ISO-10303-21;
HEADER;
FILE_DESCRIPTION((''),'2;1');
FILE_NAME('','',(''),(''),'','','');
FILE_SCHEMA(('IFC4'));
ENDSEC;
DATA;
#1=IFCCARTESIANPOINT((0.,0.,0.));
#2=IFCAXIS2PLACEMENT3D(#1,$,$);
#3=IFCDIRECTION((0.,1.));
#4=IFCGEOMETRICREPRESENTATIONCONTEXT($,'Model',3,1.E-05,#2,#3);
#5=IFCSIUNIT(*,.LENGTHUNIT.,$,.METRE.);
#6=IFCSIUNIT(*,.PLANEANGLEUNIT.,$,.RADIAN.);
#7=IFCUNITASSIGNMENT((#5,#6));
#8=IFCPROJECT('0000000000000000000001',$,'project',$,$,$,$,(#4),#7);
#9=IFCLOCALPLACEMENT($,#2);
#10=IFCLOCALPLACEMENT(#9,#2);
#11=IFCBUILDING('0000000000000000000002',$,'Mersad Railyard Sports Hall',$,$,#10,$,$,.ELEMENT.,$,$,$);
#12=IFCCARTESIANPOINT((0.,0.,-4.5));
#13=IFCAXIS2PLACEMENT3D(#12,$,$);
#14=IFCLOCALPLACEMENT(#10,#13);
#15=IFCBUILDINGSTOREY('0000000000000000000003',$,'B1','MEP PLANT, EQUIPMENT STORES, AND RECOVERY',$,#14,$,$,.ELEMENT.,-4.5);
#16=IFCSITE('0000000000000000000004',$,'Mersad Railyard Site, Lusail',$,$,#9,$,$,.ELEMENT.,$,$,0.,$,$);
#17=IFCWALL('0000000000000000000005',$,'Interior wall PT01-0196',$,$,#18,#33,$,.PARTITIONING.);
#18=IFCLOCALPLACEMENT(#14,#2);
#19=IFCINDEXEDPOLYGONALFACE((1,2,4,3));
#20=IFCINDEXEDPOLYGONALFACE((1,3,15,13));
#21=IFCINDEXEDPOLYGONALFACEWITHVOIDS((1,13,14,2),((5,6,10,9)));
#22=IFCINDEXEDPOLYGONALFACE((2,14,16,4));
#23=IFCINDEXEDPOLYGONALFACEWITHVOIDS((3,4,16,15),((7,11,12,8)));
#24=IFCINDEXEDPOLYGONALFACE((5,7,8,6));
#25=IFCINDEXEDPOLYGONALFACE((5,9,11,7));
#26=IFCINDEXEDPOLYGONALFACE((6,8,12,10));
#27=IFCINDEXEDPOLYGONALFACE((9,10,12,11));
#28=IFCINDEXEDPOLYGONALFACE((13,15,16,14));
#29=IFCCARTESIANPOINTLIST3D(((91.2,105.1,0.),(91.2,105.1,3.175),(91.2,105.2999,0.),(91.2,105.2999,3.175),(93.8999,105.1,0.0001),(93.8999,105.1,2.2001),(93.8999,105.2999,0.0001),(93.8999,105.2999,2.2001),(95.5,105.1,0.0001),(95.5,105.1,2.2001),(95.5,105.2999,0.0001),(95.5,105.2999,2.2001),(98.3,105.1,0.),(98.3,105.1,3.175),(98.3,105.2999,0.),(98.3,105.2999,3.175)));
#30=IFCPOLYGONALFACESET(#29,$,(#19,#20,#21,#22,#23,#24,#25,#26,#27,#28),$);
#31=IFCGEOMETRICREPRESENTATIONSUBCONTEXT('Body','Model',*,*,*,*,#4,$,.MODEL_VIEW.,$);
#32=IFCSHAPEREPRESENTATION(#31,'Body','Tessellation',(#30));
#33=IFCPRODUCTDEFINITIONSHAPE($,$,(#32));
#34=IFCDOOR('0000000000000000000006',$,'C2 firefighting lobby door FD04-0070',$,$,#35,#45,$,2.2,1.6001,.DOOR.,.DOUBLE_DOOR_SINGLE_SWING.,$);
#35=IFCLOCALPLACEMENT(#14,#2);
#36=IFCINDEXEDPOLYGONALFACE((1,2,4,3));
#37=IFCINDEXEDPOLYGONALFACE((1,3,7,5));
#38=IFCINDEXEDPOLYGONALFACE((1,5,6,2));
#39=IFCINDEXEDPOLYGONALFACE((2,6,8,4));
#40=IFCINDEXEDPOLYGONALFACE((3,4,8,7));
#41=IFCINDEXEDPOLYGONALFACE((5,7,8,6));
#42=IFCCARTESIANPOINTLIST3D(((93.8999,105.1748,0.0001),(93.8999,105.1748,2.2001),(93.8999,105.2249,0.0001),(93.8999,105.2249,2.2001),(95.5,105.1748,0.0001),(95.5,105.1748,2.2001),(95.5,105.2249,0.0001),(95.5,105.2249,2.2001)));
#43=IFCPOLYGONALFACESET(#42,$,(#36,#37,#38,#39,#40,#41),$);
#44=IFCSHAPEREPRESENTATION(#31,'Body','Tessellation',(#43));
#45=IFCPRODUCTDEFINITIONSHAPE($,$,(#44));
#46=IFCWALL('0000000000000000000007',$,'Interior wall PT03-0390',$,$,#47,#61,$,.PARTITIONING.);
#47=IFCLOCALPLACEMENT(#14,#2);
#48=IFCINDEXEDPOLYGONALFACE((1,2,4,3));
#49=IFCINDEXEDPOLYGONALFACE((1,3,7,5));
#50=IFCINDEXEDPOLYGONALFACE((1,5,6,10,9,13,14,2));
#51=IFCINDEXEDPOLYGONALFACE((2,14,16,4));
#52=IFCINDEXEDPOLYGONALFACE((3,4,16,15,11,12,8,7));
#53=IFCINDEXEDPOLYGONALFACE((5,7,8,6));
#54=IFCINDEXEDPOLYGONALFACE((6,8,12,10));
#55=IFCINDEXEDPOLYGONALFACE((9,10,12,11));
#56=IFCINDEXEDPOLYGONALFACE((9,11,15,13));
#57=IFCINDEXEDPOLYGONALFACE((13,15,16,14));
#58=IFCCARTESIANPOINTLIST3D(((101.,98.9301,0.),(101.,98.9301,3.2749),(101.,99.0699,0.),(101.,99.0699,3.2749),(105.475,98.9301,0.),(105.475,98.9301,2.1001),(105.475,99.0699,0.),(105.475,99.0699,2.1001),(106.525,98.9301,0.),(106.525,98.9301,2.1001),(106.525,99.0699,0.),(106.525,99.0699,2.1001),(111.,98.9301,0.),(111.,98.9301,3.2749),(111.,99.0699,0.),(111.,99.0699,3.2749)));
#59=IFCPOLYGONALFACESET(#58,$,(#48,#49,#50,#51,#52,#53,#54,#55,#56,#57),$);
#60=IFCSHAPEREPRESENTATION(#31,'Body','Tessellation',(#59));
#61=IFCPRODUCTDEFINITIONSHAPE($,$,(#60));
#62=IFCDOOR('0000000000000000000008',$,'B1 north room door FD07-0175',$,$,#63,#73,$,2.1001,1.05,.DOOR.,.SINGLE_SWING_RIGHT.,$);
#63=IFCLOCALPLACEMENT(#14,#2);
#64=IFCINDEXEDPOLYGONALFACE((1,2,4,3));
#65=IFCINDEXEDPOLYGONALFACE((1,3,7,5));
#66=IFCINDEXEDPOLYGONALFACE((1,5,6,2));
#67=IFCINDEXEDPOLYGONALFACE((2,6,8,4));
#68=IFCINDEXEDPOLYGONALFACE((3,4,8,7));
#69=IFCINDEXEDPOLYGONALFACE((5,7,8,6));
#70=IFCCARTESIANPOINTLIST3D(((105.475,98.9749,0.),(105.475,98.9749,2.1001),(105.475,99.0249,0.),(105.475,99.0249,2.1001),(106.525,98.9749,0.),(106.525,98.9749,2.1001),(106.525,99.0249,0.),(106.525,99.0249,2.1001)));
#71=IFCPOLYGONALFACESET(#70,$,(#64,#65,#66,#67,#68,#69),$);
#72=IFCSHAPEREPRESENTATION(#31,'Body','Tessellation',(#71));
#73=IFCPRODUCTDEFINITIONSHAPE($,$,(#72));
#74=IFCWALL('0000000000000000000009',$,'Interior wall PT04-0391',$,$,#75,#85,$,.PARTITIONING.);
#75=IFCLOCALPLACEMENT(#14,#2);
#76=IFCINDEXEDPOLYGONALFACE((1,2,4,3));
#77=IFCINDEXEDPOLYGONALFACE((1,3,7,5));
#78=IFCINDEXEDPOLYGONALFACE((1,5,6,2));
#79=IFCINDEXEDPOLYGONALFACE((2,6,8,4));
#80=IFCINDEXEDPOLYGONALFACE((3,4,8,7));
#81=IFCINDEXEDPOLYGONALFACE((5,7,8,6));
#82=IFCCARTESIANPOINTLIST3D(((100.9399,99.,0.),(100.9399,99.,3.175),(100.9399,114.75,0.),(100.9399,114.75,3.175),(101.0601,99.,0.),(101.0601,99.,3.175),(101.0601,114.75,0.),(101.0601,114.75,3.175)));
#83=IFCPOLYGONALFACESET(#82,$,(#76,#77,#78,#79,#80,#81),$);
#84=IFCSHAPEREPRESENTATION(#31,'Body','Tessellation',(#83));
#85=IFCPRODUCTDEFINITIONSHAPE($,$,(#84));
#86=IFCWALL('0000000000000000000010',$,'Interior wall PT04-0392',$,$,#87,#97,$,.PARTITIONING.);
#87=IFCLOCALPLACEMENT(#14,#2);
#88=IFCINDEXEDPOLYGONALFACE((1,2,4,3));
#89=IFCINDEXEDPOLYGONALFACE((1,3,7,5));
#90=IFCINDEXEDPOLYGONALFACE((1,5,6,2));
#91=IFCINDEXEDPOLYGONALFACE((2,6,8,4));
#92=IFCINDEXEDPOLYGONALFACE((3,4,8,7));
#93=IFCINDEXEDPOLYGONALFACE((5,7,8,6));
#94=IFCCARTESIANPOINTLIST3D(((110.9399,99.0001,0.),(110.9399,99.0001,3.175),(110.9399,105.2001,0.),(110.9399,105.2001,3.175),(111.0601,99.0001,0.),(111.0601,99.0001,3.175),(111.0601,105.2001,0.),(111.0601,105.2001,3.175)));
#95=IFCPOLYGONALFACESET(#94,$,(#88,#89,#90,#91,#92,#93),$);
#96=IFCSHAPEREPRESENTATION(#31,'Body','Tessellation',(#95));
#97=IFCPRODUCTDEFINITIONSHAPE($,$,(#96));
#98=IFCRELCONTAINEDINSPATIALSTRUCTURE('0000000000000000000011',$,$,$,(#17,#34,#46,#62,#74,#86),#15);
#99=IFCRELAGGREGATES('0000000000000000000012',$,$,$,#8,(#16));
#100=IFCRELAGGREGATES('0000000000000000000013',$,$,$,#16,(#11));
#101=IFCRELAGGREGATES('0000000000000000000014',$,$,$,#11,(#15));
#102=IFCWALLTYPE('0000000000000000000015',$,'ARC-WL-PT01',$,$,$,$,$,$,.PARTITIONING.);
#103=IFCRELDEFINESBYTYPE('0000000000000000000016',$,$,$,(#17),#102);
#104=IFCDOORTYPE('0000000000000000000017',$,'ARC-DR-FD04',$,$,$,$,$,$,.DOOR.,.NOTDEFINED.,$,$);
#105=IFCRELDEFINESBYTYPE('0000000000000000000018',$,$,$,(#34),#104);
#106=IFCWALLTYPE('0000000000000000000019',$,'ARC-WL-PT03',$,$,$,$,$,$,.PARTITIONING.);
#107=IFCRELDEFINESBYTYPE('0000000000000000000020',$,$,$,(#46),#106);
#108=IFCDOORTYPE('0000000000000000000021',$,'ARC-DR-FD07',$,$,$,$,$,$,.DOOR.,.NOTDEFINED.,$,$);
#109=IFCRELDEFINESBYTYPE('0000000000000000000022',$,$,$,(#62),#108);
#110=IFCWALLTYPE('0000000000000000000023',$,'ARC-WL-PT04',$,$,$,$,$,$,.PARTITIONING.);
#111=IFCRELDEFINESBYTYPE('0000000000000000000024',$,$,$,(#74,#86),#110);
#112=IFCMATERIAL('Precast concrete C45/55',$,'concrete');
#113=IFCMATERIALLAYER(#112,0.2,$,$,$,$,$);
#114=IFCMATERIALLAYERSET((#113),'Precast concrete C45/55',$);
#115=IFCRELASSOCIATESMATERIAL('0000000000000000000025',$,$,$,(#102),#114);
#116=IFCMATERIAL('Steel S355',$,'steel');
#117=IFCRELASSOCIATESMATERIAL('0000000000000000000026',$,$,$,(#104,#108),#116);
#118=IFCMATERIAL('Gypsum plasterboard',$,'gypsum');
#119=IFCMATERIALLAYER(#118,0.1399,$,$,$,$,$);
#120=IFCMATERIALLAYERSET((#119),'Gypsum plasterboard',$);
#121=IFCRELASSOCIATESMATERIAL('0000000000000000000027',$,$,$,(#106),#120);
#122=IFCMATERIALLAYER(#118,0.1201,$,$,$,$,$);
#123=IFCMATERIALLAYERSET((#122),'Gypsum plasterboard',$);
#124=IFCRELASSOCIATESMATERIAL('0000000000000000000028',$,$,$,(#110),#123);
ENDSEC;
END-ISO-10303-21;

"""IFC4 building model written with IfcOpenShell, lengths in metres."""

from ifc_helpers import new_model, si_unit, direction, frame, frame_2d, origin, place, context, subcontext, project, spatial, rectangle, extrude, material, layer, layer_set, type_object, element, fill, save


model = new_model("IFC4")

# Units and contexts
model_context = context("Model", 3, precision=1e-05, world=origin(), true_north=direction((0.0, 1.0)))
body_context = subcontext(model_context, "Body", "Model", "MODEL_VIEW")
ifc_project = project(units=[si_unit("LENGTHUNIT", "METRE"), si_unit("PLANEANGLEUNIT", "RADIAN")], contexts=[model_context])

# Site, building, storey
site_placement = place(None, origin())
site = spatial("IfcSite", under=ifc_project, at=site_placement, Name="Mersad Railyard Site, Lusail", CompositionType="ELEMENT", RefElevation=0.0)
building_placement = place(site_placement, origin())
building = spatial("IfcBuilding", under=site, at=building_placement, Name="Mersad Railyard Sports Hall", CompositionType="ELEMENT")
storey_placement = place(building_placement, frame((0.0, 0.0, -4.5)))
storey = spatial("IfcBuildingStorey", under=building, at=storey_placement, Name="B1", Description="MEP PLANT, EQUIPMENT STORES, AND RECOVERY", CompositionType="ELEMENT", Elevation=-4.5)

# Walls, openings, doors
ifc_material_1 = material(Name="Precast concrete C45/55", Category="concrete")
ifc_layer_1 = layer(ifc_material_1, 0.2)
ifc_layer_set_1 = layer_set([ifc_layer_1], Name="Precast concrete C45/55")
wall_type_1 = type_object("IfcWallType", Name="ARC-WL-PT01", PredefinedType="PARTITIONING", material=ifc_layer_set_1)
wall_1_placement = place(storey_placement, frame((91.2, 105.2, 0.0), z_axis=(0.0, 0.0, 1.0), x_axis=(1.0, 0.0, 0.0)))
wall_1 = element("IfcWall", 1, at=wall_1_placement, inside=storey, type_object=wall_type_1, Name="Interior wall PT01-0196", PredefinedType="PARTITIONING", context=body_context, shape_type="SweptSolid", body=[
    extrude(rectangle(XDim=7.1001, YDim=0.2, at=frame_2d((3.55, 0.0))), origin(), (0.0, 0.0, 1.0), 3.175),
])
opening_1_placement = place(wall_1_placement, frame((2.7, 0.0, 0.0)))
opening_1 = element("IfcOpeningElement", 2, at=opening_1_placement, cuts=wall_1, PredefinedType="OPENING", context=body_context, shape_type="SweptSolid", body=[
    extrude(rectangle(XDim=1.6001, YDim=2.2, at=frame_2d((0.8, 1.1001))), frame((0.0, 0.1099, 0.0), z_axis=(0.0, -1.0, 0.0), x_axis=(1.0, 0.0, 0.0)), (0.0, 0.0, 1.0), 0.22),
])
ifc_material_2 = material(Name="Steel S355", Category="steel")
door_type_1 = type_object("IfcDoorType", Name="ARC-DR-FD04", OperationType="NOTDEFINED", PredefinedType="DOOR", material=ifc_material_2)
door_1_placement = place(opening_1_placement, origin())
door_1 = element("IfcDoor", 3, at=door_1_placement, inside=storey, type_object=door_type_1, Name="C2 firefighting lobby door FD04-0070", OperationType="DOUBLE_DOOR_SINGLE_SWING", OverallHeight=2.2, OverallWidth=1.6001, PredefinedType="DOOR", context=body_context, shape_type="SweptSolid", body=[
    extrude(rectangle(XDim=1.6001, YDim=2.2, at=frame_2d((0.8, 1.1001))), frame((0.0, 0.0249, 0.0), z_axis=(0.0, -1.0, 0.0), x_axis=(1.0, 0.0, 0.0)), (0.0, 0.0, 1.0), 0.05),
])
fill(opening_1, door_1)
ifc_material_3 = material(Name="Gypsum plasterboard", Category="gypsum")
ifc_layer_2 = layer(ifc_material_3, 0.1399)
ifc_layer_set_2 = layer_set([ifc_layer_2], Name="Gypsum plasterboard")
wall_type_2 = type_object("IfcWallType", Name="ARC-WL-PT03", PredefinedType="PARTITIONING", material=ifc_layer_set_2)
wall_2_placement = place(storey_placement, frame((101.0, 99.0, 0.0), z_axis=(0.0, 0.0, 1.0), x_axis=(1.0, 0.0, 0.0)))
wall_2 = element("IfcWall", 4, at=wall_2_placement, inside=storey, type_object=wall_type_2, Name="Interior wall PT03-0390", PredefinedType="PARTITIONING", context=body_context, shape_type="SweptSolid", body=[
    extrude(rectangle(XDim=10.0, YDim=0.1399, at=frame_2d((5.0, 0.0))), origin(), (0.0, 0.0, 1.0), 3.2749),
])
opening_2_placement = place(wall_2_placement, frame((4.4751, 0.0, 0.0)))
opening_2 = element("IfcOpeningElement", 5, at=opening_2_placement, cuts=wall_2, PredefinedType="OPENING", context=body_context, shape_type="SweptSolid", body=[
    extrude(rectangle(XDim=1.05, YDim=2.1001, at=frame_2d((0.5249, 1.05))), frame((0.0, 0.0798, 0.0), z_axis=(0.0, -1.0, 0.0), x_axis=(1.0, 0.0, 0.0)), (0.0, 0.0, 1.0), 0.1599),
])
door_type_2 = type_object("IfcDoorType", Name="ARC-DR-FD07", OperationType="NOTDEFINED", PredefinedType="DOOR", material=ifc_material_2)
door_2_placement = place(opening_2_placement, origin())
door_2 = element("IfcDoor", 6, at=door_2_placement, inside=storey, type_object=door_type_2, Name="B1 north room door FD07-0175", OperationType="SINGLE_SWING_RIGHT", OverallHeight=2.1001, OverallWidth=1.05, PredefinedType="DOOR", context=body_context, shape_type="SweptSolid", body=[
    extrude(rectangle(XDim=1.05, YDim=2.1001, at=frame_2d((0.5249, 1.05))), frame((0.0, 0.0249, 0.0), z_axis=(0.0, -1.0, 0.0), x_axis=(1.0, 0.0, 0.0)), (0.0, 0.0, 1.0), 0.05),
])
fill(opening_2, door_2)

# Walls
ifc_layer_3 = layer(ifc_material_3, 0.1201)
ifc_layer_set_3 = layer_set([ifc_layer_3], Name="Gypsum plasterboard")
wall_type_3 = type_object("IfcWallType", Name="ARC-WL-PT04", PredefinedType="PARTITIONING", material=ifc_layer_set_3)
wall_3_placement = place(storey_placement, frame((101.0, 99.0, 0.0), z_axis=(0.0, 0.0, 1.0), x_axis=(0.0, 1.0, 0.0)))
element("IfcWall", 7, at=wall_3_placement, inside=storey, type_object=wall_type_3, Name="Interior wall PT04-0391", PredefinedType="PARTITIONING", context=body_context, shape_type="SweptSolid", body=[
    extrude(rectangle(XDim=15.75, YDim=0.1201, at=frame_2d((7.875, 0.0))), origin(), (0.0, 0.0, 1.0), 3.175),
])
wall_4_placement = place(storey_placement, frame((111.0, 99.0, 0.0), z_axis=(0.0, 0.0, 1.0), x_axis=(0.0, 1.0, 0.0)))
element("IfcWall", 8, at=wall_4_placement, inside=storey, type_object=wall_type_3, Name="Interior wall PT04-0392", PredefinedType="PARTITIONING", context=body_context, shape_type="SweptSolid", body=[
    extrude(rectangle(XDim=6.2, YDim=0.1201, at=frame_2d((3.1001, 0.0))), origin(), (0.0, 0.0, 1.0), 3.175),
])

save(model, "model.ifc")
